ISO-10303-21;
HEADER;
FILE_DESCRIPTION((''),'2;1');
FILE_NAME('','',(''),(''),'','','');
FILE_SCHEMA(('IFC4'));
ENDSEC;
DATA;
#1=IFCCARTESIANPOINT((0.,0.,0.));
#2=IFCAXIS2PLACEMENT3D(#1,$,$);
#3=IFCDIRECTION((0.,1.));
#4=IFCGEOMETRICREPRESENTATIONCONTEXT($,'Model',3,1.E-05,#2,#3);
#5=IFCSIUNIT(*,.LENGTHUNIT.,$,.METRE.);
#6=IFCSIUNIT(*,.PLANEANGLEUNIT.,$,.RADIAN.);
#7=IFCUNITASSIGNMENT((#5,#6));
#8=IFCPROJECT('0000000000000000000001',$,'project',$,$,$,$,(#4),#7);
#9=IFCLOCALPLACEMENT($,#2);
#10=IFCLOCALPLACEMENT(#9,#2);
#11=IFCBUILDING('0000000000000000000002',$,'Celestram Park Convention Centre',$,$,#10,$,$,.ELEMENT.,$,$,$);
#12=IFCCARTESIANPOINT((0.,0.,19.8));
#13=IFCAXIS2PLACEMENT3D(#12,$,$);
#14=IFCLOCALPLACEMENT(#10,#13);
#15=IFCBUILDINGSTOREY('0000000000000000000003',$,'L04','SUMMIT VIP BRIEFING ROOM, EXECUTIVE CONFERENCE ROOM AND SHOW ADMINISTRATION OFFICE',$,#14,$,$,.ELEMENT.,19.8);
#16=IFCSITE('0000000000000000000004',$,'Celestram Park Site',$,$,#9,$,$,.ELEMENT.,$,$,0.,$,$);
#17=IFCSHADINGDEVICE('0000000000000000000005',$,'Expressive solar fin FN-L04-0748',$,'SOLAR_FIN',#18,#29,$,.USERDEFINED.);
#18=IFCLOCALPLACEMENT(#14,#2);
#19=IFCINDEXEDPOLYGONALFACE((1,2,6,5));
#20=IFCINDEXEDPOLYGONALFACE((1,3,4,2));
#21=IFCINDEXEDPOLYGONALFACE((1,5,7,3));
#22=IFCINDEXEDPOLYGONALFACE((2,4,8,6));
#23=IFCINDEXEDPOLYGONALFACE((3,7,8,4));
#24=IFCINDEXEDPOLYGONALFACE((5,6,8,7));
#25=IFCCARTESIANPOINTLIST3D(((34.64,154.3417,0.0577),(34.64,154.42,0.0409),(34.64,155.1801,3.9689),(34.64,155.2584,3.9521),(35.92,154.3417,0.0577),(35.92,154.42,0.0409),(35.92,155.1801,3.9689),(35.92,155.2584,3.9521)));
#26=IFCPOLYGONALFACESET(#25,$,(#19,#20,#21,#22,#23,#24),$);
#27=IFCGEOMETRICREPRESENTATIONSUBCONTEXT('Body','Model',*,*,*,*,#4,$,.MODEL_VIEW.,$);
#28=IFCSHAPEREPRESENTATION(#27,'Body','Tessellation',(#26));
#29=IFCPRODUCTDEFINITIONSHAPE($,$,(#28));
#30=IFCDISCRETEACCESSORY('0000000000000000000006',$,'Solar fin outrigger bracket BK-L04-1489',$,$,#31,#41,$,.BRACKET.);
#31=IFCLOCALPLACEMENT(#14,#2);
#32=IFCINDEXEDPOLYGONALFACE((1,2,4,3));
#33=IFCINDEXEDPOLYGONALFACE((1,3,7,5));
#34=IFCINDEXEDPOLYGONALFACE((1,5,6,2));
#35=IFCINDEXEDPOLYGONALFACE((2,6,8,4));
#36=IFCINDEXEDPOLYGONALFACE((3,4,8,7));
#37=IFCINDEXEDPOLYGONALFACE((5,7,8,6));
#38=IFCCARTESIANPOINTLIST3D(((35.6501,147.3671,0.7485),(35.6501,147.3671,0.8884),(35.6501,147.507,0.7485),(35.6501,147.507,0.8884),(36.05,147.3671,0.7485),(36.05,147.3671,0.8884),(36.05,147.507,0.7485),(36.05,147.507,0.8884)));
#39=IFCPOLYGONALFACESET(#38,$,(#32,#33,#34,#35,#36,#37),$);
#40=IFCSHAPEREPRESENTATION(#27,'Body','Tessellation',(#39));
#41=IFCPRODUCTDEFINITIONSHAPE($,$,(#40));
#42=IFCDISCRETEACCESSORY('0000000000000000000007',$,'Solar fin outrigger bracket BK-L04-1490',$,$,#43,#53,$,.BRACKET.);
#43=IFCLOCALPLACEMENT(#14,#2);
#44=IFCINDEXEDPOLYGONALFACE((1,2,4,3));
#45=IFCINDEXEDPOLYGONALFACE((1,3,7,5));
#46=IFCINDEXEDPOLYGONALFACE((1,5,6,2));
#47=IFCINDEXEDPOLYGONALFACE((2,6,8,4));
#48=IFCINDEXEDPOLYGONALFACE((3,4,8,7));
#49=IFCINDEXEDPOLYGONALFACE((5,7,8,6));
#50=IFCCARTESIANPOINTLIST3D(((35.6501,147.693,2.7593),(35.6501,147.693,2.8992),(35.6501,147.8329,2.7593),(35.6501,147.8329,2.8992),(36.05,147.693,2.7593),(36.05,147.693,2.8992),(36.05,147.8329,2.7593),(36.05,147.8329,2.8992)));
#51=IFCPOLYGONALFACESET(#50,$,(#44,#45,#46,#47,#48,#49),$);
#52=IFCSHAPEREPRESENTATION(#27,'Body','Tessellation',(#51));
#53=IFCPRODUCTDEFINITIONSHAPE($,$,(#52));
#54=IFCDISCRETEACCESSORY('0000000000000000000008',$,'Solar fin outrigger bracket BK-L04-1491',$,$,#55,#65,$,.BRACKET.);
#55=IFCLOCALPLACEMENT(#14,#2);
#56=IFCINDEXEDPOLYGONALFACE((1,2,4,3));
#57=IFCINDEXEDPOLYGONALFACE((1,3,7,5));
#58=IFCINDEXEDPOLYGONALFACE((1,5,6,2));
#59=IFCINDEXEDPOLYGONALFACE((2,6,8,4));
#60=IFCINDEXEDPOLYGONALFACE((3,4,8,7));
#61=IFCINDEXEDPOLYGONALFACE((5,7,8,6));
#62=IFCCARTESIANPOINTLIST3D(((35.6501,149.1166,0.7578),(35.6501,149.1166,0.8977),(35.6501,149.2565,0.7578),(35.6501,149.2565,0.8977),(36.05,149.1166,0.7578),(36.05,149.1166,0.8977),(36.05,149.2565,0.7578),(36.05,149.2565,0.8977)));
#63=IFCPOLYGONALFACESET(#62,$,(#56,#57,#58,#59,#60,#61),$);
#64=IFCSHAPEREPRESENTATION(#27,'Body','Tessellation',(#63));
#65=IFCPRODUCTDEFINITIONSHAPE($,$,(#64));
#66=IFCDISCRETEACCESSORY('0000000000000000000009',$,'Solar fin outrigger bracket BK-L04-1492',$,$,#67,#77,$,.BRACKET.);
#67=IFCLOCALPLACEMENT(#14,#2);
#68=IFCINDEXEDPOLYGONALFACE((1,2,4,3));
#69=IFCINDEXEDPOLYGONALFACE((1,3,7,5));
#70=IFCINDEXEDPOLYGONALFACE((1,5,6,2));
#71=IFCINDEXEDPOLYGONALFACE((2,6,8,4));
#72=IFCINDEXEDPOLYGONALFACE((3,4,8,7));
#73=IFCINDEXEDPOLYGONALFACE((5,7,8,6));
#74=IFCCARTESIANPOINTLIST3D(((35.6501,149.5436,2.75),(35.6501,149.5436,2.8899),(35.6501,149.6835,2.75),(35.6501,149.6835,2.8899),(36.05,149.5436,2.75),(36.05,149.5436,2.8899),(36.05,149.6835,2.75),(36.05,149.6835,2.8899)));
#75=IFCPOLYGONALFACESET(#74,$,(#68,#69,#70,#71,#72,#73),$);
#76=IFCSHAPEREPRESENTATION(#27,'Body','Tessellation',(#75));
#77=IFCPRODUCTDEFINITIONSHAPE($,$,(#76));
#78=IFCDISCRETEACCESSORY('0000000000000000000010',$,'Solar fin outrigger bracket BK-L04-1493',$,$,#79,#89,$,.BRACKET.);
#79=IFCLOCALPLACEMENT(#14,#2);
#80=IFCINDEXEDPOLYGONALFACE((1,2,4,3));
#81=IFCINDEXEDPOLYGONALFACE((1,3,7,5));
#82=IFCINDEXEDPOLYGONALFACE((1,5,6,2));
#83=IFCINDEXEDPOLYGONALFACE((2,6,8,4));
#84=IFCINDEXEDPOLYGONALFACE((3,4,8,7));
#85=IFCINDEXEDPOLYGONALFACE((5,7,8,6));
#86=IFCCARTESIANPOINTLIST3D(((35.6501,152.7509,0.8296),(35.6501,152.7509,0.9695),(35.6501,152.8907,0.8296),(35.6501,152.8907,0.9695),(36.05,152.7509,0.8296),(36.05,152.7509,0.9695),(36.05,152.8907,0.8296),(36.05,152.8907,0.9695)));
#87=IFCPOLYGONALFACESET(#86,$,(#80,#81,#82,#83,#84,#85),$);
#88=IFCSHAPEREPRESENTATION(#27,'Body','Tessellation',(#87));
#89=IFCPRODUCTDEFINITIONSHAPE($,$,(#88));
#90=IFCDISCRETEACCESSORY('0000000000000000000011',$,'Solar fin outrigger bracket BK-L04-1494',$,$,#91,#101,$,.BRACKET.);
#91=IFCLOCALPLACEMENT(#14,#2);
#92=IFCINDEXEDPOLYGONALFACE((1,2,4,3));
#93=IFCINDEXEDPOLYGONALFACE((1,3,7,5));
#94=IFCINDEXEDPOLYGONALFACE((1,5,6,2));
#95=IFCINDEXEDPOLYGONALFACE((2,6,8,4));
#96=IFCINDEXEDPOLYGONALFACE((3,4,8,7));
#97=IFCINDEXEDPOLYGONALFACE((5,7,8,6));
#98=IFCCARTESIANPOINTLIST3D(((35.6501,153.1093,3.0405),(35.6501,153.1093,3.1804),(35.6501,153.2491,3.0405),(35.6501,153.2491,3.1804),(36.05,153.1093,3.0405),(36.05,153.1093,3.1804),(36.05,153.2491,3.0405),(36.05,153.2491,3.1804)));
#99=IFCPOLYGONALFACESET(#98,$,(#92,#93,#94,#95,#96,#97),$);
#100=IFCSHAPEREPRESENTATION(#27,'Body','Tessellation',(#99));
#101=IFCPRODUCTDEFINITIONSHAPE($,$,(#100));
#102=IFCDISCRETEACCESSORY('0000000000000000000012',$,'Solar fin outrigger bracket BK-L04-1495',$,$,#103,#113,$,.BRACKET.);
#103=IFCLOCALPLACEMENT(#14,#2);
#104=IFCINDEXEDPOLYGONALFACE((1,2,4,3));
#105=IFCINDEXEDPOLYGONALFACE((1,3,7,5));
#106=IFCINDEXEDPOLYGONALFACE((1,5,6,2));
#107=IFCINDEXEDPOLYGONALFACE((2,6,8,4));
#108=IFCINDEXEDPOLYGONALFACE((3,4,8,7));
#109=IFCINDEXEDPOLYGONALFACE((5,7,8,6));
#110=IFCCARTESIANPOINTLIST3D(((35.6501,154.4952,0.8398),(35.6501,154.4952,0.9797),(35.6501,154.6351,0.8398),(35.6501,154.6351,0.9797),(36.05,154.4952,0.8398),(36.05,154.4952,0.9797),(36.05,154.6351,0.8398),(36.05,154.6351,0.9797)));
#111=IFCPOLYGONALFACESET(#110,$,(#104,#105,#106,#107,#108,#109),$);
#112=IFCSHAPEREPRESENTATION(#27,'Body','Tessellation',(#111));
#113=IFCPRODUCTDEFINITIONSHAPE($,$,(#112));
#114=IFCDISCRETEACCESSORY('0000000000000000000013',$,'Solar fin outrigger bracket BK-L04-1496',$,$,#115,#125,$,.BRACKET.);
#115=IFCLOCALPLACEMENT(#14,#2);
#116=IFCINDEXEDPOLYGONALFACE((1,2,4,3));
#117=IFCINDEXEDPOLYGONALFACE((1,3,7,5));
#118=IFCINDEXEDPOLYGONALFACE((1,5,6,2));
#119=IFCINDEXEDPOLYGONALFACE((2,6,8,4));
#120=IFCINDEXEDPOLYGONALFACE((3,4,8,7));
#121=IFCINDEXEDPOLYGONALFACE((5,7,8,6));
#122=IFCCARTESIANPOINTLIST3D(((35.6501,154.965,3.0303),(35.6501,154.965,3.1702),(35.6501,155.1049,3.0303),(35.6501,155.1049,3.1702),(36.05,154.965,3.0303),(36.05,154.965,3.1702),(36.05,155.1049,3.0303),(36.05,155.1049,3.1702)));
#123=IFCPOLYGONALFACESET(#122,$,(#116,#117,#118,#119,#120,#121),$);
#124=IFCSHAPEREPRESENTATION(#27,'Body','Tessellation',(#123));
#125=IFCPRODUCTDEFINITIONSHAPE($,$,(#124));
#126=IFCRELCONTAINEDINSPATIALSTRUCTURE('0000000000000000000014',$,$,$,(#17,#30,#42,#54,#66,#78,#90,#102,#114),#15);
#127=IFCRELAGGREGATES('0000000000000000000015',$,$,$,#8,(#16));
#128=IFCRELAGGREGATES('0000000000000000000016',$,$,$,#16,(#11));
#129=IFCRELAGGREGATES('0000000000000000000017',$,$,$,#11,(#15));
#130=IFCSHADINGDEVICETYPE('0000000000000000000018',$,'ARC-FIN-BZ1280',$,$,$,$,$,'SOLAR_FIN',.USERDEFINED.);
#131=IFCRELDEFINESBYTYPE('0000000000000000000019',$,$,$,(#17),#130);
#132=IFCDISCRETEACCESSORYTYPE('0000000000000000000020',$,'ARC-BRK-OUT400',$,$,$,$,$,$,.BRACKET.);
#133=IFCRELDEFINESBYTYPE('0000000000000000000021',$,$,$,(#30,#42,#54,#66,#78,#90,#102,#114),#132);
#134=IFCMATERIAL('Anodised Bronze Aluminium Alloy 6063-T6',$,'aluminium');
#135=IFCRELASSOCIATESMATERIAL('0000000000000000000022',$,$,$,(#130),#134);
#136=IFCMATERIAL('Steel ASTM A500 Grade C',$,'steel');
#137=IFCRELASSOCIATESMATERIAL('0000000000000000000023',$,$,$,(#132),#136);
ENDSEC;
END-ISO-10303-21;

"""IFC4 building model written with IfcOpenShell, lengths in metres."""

from ifc_helpers import new_model, si_unit, direction, frame, origin, origin_2d, place, context, subcontext, project, spatial, rectangle, extrude, material, material_profile, profile_set, type_object, element, save


model = new_model("IFC4")

# Units and contexts
model_context = context("Model", 3, precision=1e-05, world=origin(), true_north=direction((0.0, 1.0)))
body_context = subcontext(model_context, "Body", "Model", "MODEL_VIEW")
ifc_project = project(units=[si_unit("LENGTHUNIT", "METRE"), si_unit("PLANEANGLEUNIT", "RADIAN")], contexts=[model_context])

# Site, building, storey
site_placement = place(None, origin())
site = spatial("IfcSite", under=ifc_project, at=site_placement, Name="Celestram Park Site", CompositionType="ELEMENT", RefElevation=0.0)
building_placement = place(site_placement, origin())
building = spatial("IfcBuilding", under=site, at=building_placement, Name="Celestram Park Convention Centre", CompositionType="ELEMENT")
storey_placement = place(building_placement, frame((0.0, 0.0, 19.8)))
storey = spatial("IfcBuildingStorey", under=building, at=storey_placement, Name="L04", Description="SUMMIT VIP BRIEFING ROOM, EXECUTIVE CONFERENCE ROOM AND SHOW ADMINISTRATION OFFICE", CompositionType="ELEMENT", Elevation=19.8)

# Shading device
ifc_material_1 = material(Name="Anodised Bronze Aluminium Alloy 6063-T6", Category="aluminium")
ifc_material_profile_1 = material_profile(ifc_material_1, rectangle(XDim=1.28, YDim=0.0801, at=origin_2d()), Name="FIN1280X80")
ifc_profile_set_1 = profile_set([ifc_material_profile_1], Name="Anodised Bronze Aluminium Alloy 6063-T6")
shading_device_type = type_object("IfcShadingDeviceType", Name="ARC-FIN-BZ1280", ElementType="SOLAR_FIN", PredefinedType="USERDEFINED", material=ifc_profile_set_1)
for number, where, z_axis, x_axis, name in (
    (1, (35.28, 154.3809, 0.0493), (0.0, 0.209596, 0.977788), (-1.0, 0.0, 0.0), "Expressive solar fin FN-L04-0748"),
):
    element("IfcShadingDevice", number, at=place(storey_placement, frame(where, z_axis=z_axis, x_axis=x_axis)), inside=storey, type_object=shading_device_type, Name=name, ObjectType="SOLAR_FIN", PredefinedType="USERDEFINED", context=body_context, shape_type="SweptSolid", body=[
        extrude(rectangle(XDim=1.28, YDim=0.0801, at=origin_2d()), origin(), (0.0, 0.0, 1.0), 4.0),
    ])

# Discrete accessories
ifc_material_2 = material(Name="Steel ASTM A500 Grade C", Category="steel")
discrete_accessory_type = type_object("IfcDiscreteAccessoryType", Name="ARC-BRK-OUT400", PredefinedType="BRACKET", material=ifc_material_2)
for number, where, z_axis, x_axis, name in (
    (2, (35.8501, 147.437, 0.7485), (0.0, 0.0, 1.0), (-1.0, 0.0, 0.0), "Solar fin outrigger bracket BK-L04-1489"),
    (3, (35.8501, 147.7629, 2.7593), (0.0, 0.0, 1.0), (-1.0, 0.0, 0.0), "Solar fin outrigger bracket BK-L04-1490"),
    (4, (35.8501, 149.1865, 0.7578), (0.0, 0.0, 1.0), (-1.0, 0.0, 0.0), "Solar fin outrigger bracket BK-L04-1491"),
    (5, (35.8501, 149.6135, 2.75), (0.0, 0.0, 1.0), (-1.0, 0.0, 0.0), "Solar fin outrigger bracket BK-L04-1492"),
    (6, (35.8501, 152.8208, 0.8296), (0.0, 0.0, 1.0), (-1.0, 0.0, 0.0), "Solar fin outrigger bracket BK-L04-1493"),
    (7, (35.8501, 153.1792, 3.0405), (0.0, 0.0, 1.0), (-1.0, 0.0, 0.0), "Solar fin outrigger bracket BK-L04-1494"),
    (8, (35.8501, 154.5652, 0.8398), (0.0, 0.0, 1.0), (-1.0, 0.0, 0.0), "Solar fin outrigger bracket BK-L04-1495"),
    (9, (35.8501, 155.0349, 3.0303), (0.0, 0.0, 1.0), (-1.0, 0.0, 0.0), "Solar fin outrigger bracket BK-L04-1496"),
):
    element("IfcDiscreteAccessory", number, at=place(storey_placement, frame(where, z_axis=z_axis, x_axis=x_axis)), inside=storey, type_object=discrete_accessory_type, Name=name, PredefinedType="BRACKET", context=body_context, shape_type="SweptSolid", body=[
        extrude(rectangle(XDim=0.3999, YDim=0.1399, at=origin_2d()), origin(), (0.0, 0.0, 1.0), 0.1399),
    ])

save(model, "model.ifc")
